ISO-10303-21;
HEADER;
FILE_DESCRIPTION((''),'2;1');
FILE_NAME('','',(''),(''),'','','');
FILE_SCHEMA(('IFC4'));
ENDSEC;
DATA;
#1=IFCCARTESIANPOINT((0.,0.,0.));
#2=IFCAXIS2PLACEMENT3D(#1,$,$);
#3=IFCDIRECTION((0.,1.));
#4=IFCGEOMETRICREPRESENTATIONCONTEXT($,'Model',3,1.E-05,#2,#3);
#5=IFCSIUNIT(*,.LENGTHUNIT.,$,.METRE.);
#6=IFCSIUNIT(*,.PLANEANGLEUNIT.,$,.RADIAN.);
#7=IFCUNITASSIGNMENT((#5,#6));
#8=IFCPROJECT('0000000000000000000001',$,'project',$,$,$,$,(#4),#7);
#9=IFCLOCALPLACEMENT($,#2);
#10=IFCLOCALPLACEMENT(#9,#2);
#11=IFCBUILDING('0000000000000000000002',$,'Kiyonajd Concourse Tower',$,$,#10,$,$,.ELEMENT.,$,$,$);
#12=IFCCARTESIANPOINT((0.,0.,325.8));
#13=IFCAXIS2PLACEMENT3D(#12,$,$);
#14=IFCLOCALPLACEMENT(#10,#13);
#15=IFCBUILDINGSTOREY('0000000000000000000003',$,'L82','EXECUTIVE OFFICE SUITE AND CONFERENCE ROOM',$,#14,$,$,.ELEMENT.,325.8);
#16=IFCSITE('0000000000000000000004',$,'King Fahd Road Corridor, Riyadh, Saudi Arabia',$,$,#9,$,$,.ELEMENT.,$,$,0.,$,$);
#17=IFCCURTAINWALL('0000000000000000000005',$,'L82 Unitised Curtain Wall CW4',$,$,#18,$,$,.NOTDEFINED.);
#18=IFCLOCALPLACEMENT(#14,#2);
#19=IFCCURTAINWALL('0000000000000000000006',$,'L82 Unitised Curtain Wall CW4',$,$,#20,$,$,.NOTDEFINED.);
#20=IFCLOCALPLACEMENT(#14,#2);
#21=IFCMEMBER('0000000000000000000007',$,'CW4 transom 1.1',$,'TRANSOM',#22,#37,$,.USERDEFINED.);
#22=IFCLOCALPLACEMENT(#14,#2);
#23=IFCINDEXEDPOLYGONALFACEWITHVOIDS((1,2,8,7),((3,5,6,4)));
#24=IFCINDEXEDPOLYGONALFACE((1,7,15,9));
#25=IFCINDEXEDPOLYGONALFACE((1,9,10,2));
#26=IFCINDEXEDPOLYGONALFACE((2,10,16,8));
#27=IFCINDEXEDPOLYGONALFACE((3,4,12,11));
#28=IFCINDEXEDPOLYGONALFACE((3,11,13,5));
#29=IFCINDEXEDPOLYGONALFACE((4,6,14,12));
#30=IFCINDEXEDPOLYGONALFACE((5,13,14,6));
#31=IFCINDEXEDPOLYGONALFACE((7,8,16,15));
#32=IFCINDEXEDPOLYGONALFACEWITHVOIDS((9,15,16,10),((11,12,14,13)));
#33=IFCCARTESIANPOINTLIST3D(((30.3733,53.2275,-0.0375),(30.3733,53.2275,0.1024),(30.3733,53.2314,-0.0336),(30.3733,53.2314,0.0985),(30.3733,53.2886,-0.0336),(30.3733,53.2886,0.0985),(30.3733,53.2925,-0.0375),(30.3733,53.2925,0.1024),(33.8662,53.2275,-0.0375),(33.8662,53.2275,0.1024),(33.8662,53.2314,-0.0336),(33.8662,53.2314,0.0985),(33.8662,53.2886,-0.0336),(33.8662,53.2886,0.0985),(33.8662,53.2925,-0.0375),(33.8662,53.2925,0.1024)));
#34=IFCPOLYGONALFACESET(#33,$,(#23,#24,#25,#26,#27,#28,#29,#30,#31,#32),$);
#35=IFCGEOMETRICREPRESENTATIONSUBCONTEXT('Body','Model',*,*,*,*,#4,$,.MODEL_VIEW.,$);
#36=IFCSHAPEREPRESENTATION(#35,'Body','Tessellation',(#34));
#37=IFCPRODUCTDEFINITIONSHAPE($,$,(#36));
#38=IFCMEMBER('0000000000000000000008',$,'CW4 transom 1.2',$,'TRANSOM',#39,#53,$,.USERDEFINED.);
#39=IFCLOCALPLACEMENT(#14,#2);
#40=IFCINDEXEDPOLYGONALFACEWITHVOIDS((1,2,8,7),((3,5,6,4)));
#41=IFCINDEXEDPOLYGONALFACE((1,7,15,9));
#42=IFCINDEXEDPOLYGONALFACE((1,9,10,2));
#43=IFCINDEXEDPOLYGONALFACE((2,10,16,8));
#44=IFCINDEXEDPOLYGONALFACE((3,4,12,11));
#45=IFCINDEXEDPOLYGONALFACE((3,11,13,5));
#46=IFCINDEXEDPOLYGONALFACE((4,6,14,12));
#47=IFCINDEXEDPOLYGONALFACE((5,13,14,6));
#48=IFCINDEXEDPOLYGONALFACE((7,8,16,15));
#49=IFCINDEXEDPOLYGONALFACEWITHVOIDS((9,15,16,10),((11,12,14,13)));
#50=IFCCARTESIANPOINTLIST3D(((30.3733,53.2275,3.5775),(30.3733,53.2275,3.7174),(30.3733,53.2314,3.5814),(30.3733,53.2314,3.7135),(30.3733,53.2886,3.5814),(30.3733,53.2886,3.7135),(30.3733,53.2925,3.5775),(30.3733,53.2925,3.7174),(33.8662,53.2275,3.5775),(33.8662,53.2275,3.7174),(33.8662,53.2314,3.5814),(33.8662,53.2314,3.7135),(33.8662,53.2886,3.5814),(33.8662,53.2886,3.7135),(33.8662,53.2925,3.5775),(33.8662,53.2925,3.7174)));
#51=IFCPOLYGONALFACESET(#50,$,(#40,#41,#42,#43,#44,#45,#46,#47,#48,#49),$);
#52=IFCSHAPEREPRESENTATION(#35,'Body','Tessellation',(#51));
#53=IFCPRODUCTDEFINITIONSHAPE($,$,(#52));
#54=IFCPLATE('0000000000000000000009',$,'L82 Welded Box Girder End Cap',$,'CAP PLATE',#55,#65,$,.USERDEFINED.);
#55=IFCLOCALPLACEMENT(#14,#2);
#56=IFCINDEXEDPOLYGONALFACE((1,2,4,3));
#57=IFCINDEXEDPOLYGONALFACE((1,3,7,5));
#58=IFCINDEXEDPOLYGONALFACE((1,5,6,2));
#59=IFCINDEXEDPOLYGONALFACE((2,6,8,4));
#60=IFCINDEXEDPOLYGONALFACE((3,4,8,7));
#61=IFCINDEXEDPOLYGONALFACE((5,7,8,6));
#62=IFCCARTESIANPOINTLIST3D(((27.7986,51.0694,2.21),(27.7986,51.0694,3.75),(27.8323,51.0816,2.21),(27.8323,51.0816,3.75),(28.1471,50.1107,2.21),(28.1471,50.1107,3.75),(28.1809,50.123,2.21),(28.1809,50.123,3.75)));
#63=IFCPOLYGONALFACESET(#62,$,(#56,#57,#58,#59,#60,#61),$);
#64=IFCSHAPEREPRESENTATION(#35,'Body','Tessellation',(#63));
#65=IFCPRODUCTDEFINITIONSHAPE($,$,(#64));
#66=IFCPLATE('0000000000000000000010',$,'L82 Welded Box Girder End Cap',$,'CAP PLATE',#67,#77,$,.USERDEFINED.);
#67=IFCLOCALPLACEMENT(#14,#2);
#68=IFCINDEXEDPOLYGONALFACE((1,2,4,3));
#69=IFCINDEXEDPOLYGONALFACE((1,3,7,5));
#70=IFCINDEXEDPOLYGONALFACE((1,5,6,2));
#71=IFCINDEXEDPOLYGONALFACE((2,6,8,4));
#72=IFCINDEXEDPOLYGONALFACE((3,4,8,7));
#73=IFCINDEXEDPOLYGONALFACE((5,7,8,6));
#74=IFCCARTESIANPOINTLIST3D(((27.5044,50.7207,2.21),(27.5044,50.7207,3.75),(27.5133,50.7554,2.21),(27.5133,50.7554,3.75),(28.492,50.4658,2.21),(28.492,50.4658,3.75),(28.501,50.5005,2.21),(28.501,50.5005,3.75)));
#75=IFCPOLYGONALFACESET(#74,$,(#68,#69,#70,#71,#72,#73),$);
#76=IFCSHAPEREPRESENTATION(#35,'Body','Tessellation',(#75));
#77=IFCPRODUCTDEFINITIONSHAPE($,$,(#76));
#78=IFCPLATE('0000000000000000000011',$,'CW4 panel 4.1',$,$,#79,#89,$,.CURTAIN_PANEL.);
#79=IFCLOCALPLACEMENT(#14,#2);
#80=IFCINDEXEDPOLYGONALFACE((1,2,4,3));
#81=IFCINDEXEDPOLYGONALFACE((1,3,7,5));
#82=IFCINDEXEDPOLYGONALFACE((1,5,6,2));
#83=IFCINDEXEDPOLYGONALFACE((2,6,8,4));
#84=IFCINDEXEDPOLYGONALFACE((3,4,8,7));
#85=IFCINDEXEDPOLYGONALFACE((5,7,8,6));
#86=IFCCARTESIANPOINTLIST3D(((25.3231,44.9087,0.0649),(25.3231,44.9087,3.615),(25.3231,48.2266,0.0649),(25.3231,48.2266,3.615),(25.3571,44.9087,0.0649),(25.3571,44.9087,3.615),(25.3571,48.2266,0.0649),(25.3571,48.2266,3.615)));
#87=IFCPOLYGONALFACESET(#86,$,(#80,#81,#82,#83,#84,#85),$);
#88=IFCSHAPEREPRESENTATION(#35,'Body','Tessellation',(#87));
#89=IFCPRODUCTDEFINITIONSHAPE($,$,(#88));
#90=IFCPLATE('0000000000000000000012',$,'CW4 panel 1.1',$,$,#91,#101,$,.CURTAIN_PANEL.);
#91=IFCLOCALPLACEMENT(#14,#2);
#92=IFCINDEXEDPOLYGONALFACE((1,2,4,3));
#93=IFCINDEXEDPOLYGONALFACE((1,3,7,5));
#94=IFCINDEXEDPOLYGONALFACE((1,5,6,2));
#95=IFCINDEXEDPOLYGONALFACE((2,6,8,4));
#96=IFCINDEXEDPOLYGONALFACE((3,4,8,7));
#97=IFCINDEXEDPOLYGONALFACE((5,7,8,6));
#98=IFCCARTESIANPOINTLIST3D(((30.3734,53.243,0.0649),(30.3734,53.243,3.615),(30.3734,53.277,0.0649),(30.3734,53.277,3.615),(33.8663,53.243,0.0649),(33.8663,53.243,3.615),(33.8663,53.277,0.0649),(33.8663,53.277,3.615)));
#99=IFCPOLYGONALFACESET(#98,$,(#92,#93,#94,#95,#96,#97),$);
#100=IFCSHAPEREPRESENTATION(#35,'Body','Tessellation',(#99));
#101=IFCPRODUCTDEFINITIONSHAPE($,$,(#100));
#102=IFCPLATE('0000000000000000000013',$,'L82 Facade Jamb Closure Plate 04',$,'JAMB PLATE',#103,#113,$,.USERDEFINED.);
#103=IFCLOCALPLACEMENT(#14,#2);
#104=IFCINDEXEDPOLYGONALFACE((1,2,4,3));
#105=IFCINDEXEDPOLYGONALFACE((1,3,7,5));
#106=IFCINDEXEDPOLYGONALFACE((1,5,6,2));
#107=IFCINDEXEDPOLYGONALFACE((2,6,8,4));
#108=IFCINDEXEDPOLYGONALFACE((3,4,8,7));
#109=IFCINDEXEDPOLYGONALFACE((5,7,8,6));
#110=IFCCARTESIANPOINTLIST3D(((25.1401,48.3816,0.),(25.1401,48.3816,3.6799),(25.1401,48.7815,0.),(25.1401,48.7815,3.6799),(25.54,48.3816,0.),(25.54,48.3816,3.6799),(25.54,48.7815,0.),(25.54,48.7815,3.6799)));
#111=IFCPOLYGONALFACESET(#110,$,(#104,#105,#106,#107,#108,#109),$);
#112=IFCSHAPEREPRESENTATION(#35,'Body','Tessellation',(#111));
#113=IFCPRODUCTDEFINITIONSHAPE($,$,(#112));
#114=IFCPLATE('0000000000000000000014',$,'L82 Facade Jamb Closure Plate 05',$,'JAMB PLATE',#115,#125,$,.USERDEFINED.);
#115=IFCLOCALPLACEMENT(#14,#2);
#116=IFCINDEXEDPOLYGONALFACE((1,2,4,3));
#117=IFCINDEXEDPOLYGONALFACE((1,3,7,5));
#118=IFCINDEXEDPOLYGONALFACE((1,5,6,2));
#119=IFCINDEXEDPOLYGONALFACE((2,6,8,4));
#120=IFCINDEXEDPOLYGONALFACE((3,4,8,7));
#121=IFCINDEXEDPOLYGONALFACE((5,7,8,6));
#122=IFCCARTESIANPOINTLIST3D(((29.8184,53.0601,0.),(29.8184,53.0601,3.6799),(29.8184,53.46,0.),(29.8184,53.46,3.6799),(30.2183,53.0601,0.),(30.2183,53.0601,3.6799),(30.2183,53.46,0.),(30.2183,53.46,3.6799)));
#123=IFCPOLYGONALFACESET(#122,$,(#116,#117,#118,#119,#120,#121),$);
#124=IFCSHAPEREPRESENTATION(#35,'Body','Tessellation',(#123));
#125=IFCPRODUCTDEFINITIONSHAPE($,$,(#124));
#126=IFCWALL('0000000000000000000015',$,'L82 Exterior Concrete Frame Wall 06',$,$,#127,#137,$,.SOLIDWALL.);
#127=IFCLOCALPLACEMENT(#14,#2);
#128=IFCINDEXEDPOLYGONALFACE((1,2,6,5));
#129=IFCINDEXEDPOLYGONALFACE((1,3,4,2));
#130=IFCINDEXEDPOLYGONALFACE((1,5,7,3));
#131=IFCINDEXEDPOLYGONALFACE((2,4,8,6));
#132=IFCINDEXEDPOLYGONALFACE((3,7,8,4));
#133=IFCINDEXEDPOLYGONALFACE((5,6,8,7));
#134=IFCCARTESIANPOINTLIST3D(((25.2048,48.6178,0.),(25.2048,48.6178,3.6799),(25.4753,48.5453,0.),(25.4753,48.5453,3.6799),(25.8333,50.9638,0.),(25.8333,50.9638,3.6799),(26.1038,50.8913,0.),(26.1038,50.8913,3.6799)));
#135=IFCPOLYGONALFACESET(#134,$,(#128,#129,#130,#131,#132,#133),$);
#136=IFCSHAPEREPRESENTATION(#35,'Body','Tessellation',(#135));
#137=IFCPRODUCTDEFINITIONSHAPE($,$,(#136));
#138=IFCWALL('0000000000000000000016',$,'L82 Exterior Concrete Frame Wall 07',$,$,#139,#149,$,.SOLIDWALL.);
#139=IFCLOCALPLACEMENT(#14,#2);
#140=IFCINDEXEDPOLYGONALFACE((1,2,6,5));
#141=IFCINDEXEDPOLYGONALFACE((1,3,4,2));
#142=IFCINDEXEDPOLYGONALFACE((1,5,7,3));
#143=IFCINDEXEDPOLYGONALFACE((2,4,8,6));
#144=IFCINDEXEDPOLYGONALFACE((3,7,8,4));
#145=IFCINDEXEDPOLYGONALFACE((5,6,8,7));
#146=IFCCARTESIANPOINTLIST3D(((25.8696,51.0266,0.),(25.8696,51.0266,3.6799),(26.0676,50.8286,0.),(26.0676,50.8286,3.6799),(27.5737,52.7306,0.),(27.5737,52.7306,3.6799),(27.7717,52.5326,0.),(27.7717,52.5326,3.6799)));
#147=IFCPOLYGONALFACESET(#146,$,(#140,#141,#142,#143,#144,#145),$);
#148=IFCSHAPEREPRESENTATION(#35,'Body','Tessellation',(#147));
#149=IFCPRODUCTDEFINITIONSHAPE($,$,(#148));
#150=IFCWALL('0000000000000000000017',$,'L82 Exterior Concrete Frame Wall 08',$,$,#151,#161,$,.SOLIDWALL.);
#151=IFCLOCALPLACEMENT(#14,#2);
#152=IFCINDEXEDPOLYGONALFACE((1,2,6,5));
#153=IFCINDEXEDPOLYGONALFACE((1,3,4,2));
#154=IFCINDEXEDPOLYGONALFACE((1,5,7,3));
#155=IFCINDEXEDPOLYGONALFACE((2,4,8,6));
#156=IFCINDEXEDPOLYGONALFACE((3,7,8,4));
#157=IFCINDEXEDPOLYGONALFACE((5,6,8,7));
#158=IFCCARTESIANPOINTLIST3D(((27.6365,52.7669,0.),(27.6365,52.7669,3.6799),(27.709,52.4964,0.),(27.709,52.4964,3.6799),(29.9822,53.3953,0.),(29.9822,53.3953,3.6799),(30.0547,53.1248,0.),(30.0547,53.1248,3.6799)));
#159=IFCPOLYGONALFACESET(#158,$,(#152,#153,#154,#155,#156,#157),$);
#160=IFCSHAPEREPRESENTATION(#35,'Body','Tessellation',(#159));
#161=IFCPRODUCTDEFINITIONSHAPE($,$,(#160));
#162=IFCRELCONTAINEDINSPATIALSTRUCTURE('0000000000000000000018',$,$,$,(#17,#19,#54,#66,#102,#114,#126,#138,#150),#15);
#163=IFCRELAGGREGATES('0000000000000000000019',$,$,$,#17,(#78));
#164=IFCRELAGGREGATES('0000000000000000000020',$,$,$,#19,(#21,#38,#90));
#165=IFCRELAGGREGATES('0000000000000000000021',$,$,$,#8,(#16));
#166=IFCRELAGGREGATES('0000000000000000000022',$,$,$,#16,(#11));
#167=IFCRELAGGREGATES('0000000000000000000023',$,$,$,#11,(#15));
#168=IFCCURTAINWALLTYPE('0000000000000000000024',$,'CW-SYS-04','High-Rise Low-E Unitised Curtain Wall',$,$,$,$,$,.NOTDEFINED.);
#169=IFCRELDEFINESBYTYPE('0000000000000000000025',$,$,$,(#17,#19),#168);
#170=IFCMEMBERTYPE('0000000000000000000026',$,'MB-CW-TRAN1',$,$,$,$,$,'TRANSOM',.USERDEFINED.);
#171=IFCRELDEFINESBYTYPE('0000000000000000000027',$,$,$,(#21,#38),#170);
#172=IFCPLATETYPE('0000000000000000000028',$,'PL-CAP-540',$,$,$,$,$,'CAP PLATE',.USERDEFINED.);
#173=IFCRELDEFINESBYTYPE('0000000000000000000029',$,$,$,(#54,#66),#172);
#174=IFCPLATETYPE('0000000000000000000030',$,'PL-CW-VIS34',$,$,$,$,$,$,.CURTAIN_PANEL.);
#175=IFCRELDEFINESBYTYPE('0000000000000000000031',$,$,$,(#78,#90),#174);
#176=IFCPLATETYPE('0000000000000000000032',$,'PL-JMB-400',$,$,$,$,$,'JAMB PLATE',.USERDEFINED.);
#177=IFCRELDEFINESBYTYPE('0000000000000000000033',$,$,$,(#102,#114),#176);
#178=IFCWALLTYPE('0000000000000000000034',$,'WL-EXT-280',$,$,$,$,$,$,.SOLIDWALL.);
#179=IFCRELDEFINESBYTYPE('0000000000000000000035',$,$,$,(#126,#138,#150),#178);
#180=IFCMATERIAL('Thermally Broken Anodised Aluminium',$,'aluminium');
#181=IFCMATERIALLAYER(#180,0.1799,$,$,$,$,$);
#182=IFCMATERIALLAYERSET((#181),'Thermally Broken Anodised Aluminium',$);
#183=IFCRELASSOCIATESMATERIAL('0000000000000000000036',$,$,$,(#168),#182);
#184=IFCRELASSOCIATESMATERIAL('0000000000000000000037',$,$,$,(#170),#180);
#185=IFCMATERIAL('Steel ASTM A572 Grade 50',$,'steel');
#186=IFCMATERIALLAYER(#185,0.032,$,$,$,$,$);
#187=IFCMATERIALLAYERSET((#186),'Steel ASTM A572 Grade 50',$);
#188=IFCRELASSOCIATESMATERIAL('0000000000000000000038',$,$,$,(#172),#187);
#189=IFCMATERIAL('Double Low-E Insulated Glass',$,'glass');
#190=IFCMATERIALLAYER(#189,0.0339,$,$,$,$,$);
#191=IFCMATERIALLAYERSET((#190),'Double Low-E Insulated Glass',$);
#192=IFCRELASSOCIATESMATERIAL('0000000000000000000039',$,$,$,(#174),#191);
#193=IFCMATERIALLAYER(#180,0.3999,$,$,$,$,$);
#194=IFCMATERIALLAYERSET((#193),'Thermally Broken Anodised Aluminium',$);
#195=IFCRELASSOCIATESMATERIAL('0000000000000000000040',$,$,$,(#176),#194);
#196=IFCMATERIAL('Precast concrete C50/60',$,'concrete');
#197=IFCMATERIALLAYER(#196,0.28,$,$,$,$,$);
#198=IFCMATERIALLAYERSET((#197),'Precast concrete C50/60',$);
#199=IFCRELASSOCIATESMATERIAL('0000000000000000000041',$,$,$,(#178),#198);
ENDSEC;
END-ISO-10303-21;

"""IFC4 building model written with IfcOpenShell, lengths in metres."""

from ifc_helpers import new_model, si_unit, direction, frame, frame_2d, origin, origin_2d, place, context, subcontext, project, spatial, rectangle, hollow_rectangle, extrude, material, layer, layer_set, material_profile, profile_set, type_object, element, aggregate, save


model = new_model("IFC4")

# Units and contexts
model_context = context("Model", 3, precision=1e-05, world=origin(), true_north=direction((0.0, 1.0)))
body_context = subcontext(model_context, "Body", "Model", "MODEL_VIEW")
ifc_project = project(units=[si_unit("LENGTHUNIT", "METRE"), si_unit("PLANEANGLEUNIT", "RADIAN")], contexts=[model_context])

# Site, building, storey
site_placement = place(None, origin())
site = spatial("IfcSite", under=ifc_project, at=site_placement, Name="King Fahd Road Corridor, Riyadh, Saudi Arabia", CompositionType="ELEMENT", RefElevation=0.0)
building_placement = place(site_placement, origin())
building = spatial("IfcBuilding", under=site, at=building_placement, Name="Kiyonajd Concourse Tower", CompositionType="ELEMENT")
storey_placement = place(building_placement, frame((0.0, 0.0, 325.8)))
storey = spatial("IfcBuildingStorey", under=building, at=storey_placement, Name="L82", Description="EXECUTIVE OFFICE SUITE AND CONFERENCE ROOM", CompositionType="ELEMENT", Elevation=325.8)

# Shared definitions
ifc_material_1 = material(Name="Steel ASTM A572 Grade 50", Category="steel")

# Curtain wall
ifc_material_2 = material(Name="Thermally Broken Anodised Aluminium", Category="aluminium")
ifc_layer_1 = layer(ifc_material_2, 0.1799)
ifc_layer_set_1 = layer_set([ifc_layer_1], Name="Thermally Broken Anodised Aluminium")
curtain_wall_type = type_object("IfcCurtainWallType", Name="CW-SYS-04", Description="High-Rise Low-E Unitised Curtain Wall", PredefinedType="NOTDEFINED", material=ifc_layer_set_1)
curtain_wall_1_placement = place(storey_placement, origin())
curtain_wall_1 = element("IfcCurtainWall", 1, at=curtain_wall_1_placement, inside=storey, type_object=curtain_wall_type, Name="L82 Unitised Curtain Wall CW4", PredefinedType="NOTDEFINED")

# Curtain wall
curtain_wall_2_placement = place(storey_placement, origin())
curtain_wall_2 = element("IfcCurtainWall", 2, at=curtain_wall_2_placement, inside=storey, type_object=curtain_wall_type, Name="L82 Unitised Curtain Wall CW4", PredefinedType="NOTDEFINED")

# Members
ifc_material_profile_1 = material_profile(ifc_material_2, hollow_rectangle(XDim=0.0649, YDim=0.1399, WallThickness=0.0039, at=origin_2d()), Name="TRAN-65x140")
ifc_profile_set_1 = profile_set([ifc_material_profile_1], Name="Thermally Broken Anodised Aluminium")
member_type_1 = type_object("IfcMemberType", Name="MB-CW-TRAN1", ElementType="TRANSOM", PredefinedType="USERDEFINED", material=ifc_profile_set_1)
member_1_placement = place(storey_placement, frame((30.3733, 53.26, 0.0325), z_axis=(1.0, 0.0, 0.0), x_axis=(0.0, 1.0, 0.0)))
member_1 = element("IfcMember", 3, at=member_1_placement, type_object=member_type_1, Name="CW4 transom 1.1", ObjectType="TRANSOM", PredefinedType="USERDEFINED", context=body_context, shape_type="SweptSolid", body=[
    extrude(hollow_rectangle(XDim=0.0649, YDim=0.1399, WallThickness=0.0039, at=origin_2d()), origin(), (0.0, 0.0, 1.0), 3.4929),
])
member_2_placement = place(storey_placement, frame((30.3733, 53.26, 3.6475), z_axis=(1.0, 0.0, 0.0), x_axis=(0.0, 1.0, 0.0)))
member_2 = element("IfcMember", 4, at=member_2_placement, type_object=member_type_1, Name="CW4 transom 1.2", ObjectType="TRANSOM", PredefinedType="USERDEFINED", context=body_context, shape_type="SweptSolid", body=[
    extrude(hollow_rectangle(XDim=0.0649, YDim=0.1399, WallThickness=0.0039, at=origin_2d()), origin(), (0.0, 0.0, 1.0), 3.4929),
])

# Plates
ifc_layer_2 = layer(ifc_material_1, 0.032)
ifc_layer_set_2 = layer_set([ifc_layer_2], Name="Steel ASTM A572 Grade 50")
plate_type_1 = type_object("IfcPlateType", Name="PL-CAP-540", ElementType="CAP PLATE", PredefinedType="USERDEFINED", material=ifc_layer_set_2)
for number, where, z_axis, x_axis, name in (
    (5, (27.9897, 50.5962, 2.21), (0.0, 0.0, 1.0), (-0.939812, -0.341692, 0.0), "L82 Welded Box Girder End Cap"),
    (6, (28.0027, 50.6106, 2.21), (0.0, 0.0, 1.0), (0.249873, 0.968279, 0.0), "L82 Welded Box Girder End Cap"),
):
    element("IfcPlate", number, at=place(storey_placement, frame(where, z_axis=z_axis, x_axis=x_axis)), inside=storey, type_object=plate_type_1, Name=name, ObjectType="CAP PLATE", PredefinedType="USERDEFINED", context=body_context, shape_type="SweptSolid", body=[
        extrude(rectangle(XDim=0.0359, YDim=1.02, at=origin_2d()), origin(), (0.0, 0.0, 1.0), 1.54),
    ])

# Plates
ifc_material_3 = material(Name="Double Low-E Insulated Glass", Category="glass")
ifc_layer_3 = layer(ifc_material_3, 0.0339)
ifc_layer_set_3 = layer_set([ifc_layer_3], Name="Double Low-E Insulated Glass")
plate_type_2 = type_object("IfcPlateType", Name="PL-CW-VIS34", PredefinedType="CURTAIN_PANEL", material=ifc_layer_set_3)
plate_1_placement = place(storey_placement, frame((25.3401, 46.5676, 0.0649), z_axis=(0.0, 0.0, 1.0), x_axis=(0.0, 1.0, 0.0)))
plate_1 = element("IfcPlate", 7, at=plate_1_placement, type_object=plate_type_2, Name="CW4 panel 4.1", PredefinedType="CURTAIN_PANEL", context=body_context, shape_type="SweptSolid", body=[
    extrude(rectangle(XDim=3.3179, YDim=0.0339, at=origin_2d()), origin(), (0.0, 0.0, 1.0), 3.55),
])
aggregate(curtain_wall_1, [plate_1])
plate_2_placement = place(storey_placement, frame((32.1199, 53.26, 0.0649), z_axis=(0.0, 0.0, 1.0), x_axis=(1.0, 0.0, 0.0)))
plate_2 = element("IfcPlate", 8, at=plate_2_placement, type_object=plate_type_2, Name="CW4 panel 1.1", PredefinedType="CURTAIN_PANEL", context=body_context, shape_type="SweptSolid", body=[
    extrude(rectangle(XDim=3.4929, YDim=0.0339, at=origin_2d()), origin(), (0.0, 0.0, 1.0), 3.55),
])
aggregate(curtain_wall_2, [member_1, member_2, plate_2])

# Plates
ifc_layer_4 = layer(ifc_material_2, 0.3999)
ifc_layer_set_4 = layer_set([ifc_layer_4], Name="Thermally Broken Anodised Aluminium")
plate_type_3 = type_object("IfcPlateType", Name="PL-JMB-400", ElementType="JAMB PLATE", PredefinedType="USERDEFINED", material=ifc_layer_set_4)
for number, where, z_axis, x_axis, name in (
    (9, (25.3401, 48.5815, 0.0), (0.0, 0.0, 1.0), (1.0, 0.0, 0.0), "L82 Facade Jamb Closure Plate 04"),
    (10, (30.0183, 53.26, 0.0), (0.0, 0.0, 1.0), (1.0, 0.0, 0.0), "L82 Facade Jamb Closure Plate 05"),
):
    element("IfcPlate", number, at=place(storey_placement, frame(where, z_axis=z_axis, x_axis=x_axis)), inside=storey, type_object=plate_type_3, Name=name, ObjectType="JAMB PLATE", PredefinedType="USERDEFINED", context=body_context, shape_type="SweptSolid", body=[
        extrude(rectangle(XDim=0.3999, YDim=0.3999, at=origin_2d()), origin(), (0.0, 0.0, 1.0), 3.6799),
    ])

# Walls
ifc_material_4 = material(Name="Precast concrete C50/60", Category="concrete")
ifc_layer_5 = layer(ifc_material_4, 0.28)
ifc_layer_set_5 = layer_set([ifc_layer_5], Name="Precast concrete C50/60")
wall_type_1 = type_object("IfcWallType", Name="WL-EXT-280", PredefinedType="SOLIDWALL", material=ifc_layer_set_5)
wall_1_placement = place(storey_placement, frame((25.3401, 48.5815, 0.0), z_axis=(0.0, 0.0, 1.0), x_axis=(0.258751, 0.965944, 0.0)))
element("IfcWall", 11, at=wall_1_placement, inside=storey, type_object=wall_type_1, Name="L82 Exterior Concrete Frame Wall 06", PredefinedType="SOLIDWALL", context=body_context, shape_type="SweptSolid", body=[
    extrude(rectangle(XDim=2.4287, YDim=0.28, at=frame_2d((1.2144, 0.0))), origin(), (0.0, 0.0, 1.0), 3.6799),
])
wall_2_placement = place(storey_placement, frame((25.9685, 50.9275, 0.0), z_axis=(0.0, 0.0, 1.0), x_axis=(0.707107, 0.707107, 0.0)))
element("IfcWall", 12, at=wall_2_placement, inside=storey, type_object=wall_type_1, Name="L82 Exterior Concrete Frame Wall 07", PredefinedType="SOLIDWALL", context=body_context, shape_type="SweptSolid", body=[
    extrude(rectangle(XDim=2.4099, YDim=0.28, at=frame_2d((1.2051, 0.0))), origin(), (0.0, 0.0, 1.0), 3.6799),
])
wall_3_placement = place(storey_placement, frame((27.6726, 52.6316, 0.0), z_axis=(0.0, 0.0, 1.0), x_axis=(0.965937, 0.258776, 0.0)))
element("IfcWall", 13, at=wall_3_placement, inside=storey, type_object=wall_type_1, Name="L82 Exterior Concrete Frame Wall 08", PredefinedType="SOLIDWALL", context=body_context, shape_type="SweptSolid", body=[
    extrude(rectangle(XDim=2.4285, YDim=0.28, at=frame_2d((1.2144, 0.0))), origin(), (0.0, 0.0, 1.0), 3.6799),
])

save(model, "model.ifc")
